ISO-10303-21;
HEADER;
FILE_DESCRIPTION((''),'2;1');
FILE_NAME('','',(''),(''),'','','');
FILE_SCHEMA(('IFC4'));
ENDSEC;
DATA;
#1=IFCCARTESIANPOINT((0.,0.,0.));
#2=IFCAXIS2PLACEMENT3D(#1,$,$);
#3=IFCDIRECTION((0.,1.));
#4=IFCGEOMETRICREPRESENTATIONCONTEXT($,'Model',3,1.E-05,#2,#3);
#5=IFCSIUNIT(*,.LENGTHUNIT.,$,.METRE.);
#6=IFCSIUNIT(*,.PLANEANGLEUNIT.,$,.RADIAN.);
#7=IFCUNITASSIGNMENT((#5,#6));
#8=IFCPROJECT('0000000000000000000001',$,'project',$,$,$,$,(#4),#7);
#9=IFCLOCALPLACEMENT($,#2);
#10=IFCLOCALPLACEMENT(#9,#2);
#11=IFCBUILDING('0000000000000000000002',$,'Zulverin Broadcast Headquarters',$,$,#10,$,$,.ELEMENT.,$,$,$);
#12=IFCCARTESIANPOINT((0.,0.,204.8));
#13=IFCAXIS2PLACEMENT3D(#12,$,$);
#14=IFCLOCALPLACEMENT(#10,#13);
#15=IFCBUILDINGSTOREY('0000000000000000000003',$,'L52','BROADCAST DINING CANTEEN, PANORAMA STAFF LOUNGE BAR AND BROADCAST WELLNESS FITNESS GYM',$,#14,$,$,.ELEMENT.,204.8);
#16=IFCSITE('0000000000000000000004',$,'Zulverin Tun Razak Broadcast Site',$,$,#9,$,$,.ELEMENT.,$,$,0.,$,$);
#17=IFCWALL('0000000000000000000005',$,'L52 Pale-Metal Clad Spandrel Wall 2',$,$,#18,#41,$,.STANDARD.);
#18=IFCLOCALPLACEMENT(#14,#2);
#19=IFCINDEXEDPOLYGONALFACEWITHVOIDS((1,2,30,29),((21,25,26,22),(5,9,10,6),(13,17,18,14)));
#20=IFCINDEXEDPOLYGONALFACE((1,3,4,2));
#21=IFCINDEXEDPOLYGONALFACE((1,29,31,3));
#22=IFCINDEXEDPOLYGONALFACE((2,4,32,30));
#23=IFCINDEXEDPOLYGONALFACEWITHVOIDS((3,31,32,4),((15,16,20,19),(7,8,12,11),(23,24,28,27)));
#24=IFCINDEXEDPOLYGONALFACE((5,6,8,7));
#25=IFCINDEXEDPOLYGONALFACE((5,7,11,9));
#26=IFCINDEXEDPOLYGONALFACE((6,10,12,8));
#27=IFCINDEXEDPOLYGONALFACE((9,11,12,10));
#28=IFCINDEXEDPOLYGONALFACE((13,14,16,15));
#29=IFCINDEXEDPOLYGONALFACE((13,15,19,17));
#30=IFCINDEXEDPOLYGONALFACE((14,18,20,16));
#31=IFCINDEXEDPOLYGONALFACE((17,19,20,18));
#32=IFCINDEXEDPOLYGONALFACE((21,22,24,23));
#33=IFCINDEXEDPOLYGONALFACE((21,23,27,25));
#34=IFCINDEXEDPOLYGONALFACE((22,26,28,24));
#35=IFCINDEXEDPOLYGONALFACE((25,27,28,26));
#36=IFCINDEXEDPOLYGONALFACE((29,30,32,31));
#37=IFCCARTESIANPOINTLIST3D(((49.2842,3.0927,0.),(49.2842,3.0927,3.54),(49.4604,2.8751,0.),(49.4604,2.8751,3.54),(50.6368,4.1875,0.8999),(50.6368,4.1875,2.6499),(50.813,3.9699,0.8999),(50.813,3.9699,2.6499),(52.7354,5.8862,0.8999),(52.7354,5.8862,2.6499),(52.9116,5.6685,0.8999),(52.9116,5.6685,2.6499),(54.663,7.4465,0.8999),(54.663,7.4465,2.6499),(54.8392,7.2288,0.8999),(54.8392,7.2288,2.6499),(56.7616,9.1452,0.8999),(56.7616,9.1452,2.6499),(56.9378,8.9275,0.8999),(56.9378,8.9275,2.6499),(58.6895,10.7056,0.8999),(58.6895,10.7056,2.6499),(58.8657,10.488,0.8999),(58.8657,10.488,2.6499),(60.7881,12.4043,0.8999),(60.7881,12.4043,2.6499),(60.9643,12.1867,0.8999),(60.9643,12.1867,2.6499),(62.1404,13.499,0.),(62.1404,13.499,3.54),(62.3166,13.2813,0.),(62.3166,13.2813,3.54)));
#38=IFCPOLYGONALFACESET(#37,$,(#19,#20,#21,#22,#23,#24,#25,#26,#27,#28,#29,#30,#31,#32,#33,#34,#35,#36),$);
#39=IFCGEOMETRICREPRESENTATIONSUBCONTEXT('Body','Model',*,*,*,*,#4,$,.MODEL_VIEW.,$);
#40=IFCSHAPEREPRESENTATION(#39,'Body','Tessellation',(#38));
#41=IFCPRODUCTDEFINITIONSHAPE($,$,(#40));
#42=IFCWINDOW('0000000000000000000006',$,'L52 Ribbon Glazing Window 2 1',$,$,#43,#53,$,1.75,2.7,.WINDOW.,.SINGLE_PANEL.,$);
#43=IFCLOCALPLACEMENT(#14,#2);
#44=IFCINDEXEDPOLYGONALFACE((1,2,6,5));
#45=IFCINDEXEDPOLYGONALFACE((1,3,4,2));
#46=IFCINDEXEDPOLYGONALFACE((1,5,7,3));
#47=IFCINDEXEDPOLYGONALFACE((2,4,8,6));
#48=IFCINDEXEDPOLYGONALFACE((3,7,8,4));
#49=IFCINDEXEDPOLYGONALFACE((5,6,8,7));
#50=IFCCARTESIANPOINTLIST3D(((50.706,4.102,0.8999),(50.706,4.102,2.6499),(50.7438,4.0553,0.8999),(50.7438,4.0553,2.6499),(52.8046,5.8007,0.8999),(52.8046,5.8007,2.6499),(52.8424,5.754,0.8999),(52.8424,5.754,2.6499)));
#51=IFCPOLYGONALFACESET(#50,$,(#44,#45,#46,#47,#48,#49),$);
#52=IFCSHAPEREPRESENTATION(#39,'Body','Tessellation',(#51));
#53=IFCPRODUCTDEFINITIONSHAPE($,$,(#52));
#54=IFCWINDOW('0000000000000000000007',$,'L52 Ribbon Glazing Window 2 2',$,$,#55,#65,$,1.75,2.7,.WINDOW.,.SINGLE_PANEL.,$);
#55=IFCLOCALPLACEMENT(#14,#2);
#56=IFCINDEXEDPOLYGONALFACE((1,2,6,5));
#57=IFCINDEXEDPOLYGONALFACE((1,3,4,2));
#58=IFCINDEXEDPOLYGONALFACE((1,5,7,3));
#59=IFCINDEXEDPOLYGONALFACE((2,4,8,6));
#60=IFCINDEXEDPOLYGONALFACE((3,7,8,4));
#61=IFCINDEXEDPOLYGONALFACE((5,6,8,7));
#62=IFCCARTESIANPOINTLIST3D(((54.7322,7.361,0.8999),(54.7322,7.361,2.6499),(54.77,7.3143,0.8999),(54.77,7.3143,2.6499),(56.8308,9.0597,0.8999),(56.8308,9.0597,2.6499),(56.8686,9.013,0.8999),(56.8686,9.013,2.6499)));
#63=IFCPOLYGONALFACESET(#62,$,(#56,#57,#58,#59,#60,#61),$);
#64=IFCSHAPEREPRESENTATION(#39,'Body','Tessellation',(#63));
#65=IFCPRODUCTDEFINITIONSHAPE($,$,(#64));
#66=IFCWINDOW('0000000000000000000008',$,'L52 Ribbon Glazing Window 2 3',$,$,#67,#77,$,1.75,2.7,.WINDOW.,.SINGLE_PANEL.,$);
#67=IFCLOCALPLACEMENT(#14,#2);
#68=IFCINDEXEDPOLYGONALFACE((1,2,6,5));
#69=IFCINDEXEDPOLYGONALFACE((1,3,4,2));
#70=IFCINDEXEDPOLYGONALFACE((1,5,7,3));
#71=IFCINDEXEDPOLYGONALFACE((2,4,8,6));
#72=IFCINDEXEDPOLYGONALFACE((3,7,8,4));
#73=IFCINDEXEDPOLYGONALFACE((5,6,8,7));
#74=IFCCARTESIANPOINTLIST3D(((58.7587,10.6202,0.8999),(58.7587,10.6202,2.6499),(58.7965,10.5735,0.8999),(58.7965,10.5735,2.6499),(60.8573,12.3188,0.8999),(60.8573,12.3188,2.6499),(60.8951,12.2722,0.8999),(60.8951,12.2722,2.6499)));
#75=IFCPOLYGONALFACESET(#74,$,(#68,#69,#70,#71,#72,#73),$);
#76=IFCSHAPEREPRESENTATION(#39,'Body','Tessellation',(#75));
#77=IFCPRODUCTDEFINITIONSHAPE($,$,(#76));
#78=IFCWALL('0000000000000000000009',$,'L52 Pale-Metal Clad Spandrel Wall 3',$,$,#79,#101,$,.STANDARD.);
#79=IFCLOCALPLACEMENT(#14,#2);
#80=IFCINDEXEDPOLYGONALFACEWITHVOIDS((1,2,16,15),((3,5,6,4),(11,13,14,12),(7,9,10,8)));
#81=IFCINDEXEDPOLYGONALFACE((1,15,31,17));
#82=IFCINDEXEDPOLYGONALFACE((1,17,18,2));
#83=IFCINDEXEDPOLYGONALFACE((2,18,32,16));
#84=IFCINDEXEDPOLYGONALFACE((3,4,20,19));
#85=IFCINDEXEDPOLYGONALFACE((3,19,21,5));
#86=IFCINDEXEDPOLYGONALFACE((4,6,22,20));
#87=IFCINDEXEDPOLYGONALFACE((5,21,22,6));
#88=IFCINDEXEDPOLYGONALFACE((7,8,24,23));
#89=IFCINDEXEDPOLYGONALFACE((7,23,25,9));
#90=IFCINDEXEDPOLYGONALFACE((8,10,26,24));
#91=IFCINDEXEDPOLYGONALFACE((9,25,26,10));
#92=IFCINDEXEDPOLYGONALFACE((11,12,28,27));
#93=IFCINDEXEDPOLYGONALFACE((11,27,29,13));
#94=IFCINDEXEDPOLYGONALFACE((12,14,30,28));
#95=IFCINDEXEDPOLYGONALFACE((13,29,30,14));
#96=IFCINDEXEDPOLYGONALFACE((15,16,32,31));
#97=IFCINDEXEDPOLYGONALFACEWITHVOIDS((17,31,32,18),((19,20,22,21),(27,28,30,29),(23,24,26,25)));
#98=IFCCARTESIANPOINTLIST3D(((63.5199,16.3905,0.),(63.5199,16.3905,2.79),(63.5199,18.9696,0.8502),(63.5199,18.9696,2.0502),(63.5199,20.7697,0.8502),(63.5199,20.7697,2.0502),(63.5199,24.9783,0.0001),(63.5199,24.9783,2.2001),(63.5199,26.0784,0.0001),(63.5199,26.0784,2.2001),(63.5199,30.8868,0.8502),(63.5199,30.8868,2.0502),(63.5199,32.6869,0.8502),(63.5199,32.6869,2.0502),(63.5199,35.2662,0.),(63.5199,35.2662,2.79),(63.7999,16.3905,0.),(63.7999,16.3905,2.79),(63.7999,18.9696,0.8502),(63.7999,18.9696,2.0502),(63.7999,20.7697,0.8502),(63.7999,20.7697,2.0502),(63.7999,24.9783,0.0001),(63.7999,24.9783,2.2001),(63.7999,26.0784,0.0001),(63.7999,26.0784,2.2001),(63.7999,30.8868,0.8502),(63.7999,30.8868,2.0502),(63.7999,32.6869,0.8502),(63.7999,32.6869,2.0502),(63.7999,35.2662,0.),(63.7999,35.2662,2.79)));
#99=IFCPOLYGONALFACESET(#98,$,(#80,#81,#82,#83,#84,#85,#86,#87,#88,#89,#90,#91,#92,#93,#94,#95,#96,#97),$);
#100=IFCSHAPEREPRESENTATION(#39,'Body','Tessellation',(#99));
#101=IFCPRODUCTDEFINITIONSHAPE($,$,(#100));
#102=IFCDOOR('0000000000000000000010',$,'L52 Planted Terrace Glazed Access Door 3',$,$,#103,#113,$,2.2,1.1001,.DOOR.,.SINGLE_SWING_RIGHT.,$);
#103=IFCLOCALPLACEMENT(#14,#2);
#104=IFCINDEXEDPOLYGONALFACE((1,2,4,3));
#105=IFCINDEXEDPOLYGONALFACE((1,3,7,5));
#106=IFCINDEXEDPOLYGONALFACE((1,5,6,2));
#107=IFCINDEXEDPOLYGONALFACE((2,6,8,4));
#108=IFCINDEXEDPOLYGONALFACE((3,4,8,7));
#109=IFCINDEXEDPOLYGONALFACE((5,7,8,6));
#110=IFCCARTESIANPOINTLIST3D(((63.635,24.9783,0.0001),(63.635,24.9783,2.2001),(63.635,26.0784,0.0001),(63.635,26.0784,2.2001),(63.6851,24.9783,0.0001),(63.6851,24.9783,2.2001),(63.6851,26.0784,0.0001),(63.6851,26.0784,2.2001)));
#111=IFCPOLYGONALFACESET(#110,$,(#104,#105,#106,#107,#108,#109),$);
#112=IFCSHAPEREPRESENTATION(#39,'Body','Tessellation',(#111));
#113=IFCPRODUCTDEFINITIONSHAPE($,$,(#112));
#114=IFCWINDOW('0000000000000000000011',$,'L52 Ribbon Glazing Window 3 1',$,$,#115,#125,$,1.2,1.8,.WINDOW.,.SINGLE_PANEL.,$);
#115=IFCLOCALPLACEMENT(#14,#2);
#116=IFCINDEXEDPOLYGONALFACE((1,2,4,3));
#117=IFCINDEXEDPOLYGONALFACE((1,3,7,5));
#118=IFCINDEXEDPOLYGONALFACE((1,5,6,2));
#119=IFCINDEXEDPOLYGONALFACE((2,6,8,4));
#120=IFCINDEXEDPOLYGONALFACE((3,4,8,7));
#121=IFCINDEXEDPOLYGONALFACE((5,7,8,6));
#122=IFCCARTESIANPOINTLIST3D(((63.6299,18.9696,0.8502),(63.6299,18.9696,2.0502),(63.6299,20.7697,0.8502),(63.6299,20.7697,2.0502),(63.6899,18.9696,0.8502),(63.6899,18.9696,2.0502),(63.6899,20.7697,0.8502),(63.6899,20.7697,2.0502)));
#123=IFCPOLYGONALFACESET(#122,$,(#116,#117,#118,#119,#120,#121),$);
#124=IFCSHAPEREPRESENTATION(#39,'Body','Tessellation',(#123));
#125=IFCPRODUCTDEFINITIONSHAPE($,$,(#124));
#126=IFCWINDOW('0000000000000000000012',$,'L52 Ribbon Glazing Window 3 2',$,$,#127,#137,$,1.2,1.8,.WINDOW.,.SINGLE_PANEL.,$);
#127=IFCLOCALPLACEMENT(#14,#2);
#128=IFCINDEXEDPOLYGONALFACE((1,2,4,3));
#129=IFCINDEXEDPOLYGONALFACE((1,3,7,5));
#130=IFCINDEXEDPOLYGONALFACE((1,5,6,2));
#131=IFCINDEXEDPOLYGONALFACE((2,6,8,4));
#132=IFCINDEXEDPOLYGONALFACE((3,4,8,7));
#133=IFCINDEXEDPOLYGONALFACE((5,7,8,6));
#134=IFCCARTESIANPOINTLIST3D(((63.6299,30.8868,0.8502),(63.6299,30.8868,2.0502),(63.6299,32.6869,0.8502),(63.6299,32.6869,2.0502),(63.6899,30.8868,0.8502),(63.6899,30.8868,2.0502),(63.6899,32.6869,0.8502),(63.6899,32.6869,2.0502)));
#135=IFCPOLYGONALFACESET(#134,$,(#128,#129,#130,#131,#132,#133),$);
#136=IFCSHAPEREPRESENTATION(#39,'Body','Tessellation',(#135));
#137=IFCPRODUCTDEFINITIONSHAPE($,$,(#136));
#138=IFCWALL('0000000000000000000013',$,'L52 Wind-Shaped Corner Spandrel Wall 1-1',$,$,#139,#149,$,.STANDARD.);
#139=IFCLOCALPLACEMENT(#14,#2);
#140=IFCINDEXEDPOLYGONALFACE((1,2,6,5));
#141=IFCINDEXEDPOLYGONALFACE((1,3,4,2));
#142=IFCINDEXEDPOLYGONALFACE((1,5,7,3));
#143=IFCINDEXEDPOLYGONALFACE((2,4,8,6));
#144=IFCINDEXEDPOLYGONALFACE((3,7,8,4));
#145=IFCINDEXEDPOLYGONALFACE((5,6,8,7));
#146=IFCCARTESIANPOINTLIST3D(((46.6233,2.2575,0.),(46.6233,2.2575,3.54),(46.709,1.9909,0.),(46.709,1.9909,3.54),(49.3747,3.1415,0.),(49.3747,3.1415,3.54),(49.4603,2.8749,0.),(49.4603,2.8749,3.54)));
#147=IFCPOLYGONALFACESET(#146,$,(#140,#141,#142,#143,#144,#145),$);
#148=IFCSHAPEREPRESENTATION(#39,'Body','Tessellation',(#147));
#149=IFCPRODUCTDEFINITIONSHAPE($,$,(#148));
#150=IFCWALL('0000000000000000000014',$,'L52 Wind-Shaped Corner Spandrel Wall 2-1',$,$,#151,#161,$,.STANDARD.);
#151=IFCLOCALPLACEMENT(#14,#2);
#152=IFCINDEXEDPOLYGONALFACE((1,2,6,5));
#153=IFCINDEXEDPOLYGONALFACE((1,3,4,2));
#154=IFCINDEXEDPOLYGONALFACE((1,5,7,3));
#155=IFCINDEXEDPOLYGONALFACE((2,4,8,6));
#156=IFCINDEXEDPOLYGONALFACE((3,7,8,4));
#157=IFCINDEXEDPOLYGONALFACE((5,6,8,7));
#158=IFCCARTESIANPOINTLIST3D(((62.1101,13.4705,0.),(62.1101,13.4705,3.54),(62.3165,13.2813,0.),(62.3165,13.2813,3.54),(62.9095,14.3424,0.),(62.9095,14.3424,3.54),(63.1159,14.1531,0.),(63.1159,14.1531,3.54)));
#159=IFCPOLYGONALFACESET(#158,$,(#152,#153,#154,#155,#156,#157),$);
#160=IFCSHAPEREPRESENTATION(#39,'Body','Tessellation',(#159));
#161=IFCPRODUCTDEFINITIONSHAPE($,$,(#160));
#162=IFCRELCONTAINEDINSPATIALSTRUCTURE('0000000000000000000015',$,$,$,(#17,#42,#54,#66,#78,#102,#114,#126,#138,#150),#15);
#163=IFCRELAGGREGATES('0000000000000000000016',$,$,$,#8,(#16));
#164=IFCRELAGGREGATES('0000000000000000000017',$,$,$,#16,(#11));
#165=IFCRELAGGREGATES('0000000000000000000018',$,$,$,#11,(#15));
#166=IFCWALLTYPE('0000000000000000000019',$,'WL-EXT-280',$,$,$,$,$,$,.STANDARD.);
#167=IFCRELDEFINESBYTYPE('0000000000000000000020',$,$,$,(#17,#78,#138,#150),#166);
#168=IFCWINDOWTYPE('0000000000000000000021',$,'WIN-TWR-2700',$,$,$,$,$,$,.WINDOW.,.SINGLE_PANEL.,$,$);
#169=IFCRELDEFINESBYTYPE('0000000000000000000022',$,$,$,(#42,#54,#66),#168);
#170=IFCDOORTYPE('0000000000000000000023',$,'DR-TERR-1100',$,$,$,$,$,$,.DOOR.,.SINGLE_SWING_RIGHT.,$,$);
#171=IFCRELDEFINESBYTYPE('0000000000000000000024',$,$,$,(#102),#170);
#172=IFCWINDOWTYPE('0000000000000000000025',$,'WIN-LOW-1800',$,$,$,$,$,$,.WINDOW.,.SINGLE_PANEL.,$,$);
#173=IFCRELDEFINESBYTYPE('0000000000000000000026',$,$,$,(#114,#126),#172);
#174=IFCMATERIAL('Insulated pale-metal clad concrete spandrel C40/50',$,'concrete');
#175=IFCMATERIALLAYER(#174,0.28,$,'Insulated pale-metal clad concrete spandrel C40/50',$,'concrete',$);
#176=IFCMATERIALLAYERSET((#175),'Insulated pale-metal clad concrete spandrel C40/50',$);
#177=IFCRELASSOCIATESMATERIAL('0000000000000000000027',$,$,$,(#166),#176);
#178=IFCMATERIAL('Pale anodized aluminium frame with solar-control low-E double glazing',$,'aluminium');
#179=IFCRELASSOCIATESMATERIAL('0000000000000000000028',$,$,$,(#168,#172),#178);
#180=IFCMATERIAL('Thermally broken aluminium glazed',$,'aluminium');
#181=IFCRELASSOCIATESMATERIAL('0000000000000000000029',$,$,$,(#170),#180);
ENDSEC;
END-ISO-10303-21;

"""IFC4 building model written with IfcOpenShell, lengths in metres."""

from ifc_helpers import new_model, si_unit, direction, frame, frame_2d, origin, place, context, subcontext, project, spatial, rectangle, extrude, material, layer, layer_set, type_object, element, fill, save


model = new_model("IFC4")

# Units and contexts
model_context = context("Model", 3, precision=1e-05, world=origin(), true_north=direction((0.0, 1.0)))
body_context = subcontext(model_context, "Body", "Model", "MODEL_VIEW")
ifc_project = project(units=[si_unit("LENGTHUNIT", "METRE"), si_unit("PLANEANGLEUNIT", "RADIAN")], contexts=[model_context])

# Site, building, storey
site_placement = place(None, origin())
site = spatial("IfcSite", under=ifc_project, at=site_placement, Name="Zulverin Tun Razak Broadcast Site", CompositionType="ELEMENT", RefElevation=0.0)
building_placement = place(site_placement, origin())
building = spatial("IfcBuilding", under=site, at=building_placement, Name="Zulverin Broadcast Headquarters", CompositionType="ELEMENT")
storey_placement = place(building_placement, frame((0.0, 0.0, 204.8)))
storey = spatial("IfcBuildingStorey", under=building, at=storey_placement, Name="L52", Description="BROADCAST DINING CANTEEN, PANORAMA STAFF LOUNGE BAR AND BROADCAST WELLNESS FITNESS GYM", CompositionType="ELEMENT", Elevation=204.8)

# Wall, openings, windows
ifc_material_1 = material(Name="Insulated pale-metal clad concrete spandrel C40/50", Category="concrete")
ifc_layer_1 = layer(ifc_material_1, 0.28, Name="Insulated pale-metal clad concrete spandrel C40/50", Category="concrete")
ifc_layer_set_1 = layer_set([ifc_layer_1], Name="Insulated pale-metal clad concrete spandrel C40/50")
wall_type_1 = type_object("IfcWallType", Name="WL-EXT-280", PredefinedType="STANDARD", material=ifc_layer_set_1)
wall_1_placement = place(storey_placement, frame((49.3723, 2.9839, 0.0), z_axis=(0.0, 0.0, 1.0), x_axis=(0.777279, 0.629156, 0.0)))
wall_1 = element("IfcWall", 1, at=wall_1_placement, inside=storey, type_object=wall_type_1, Name="L52 Pale-Metal Clad Spandrel Wall 2", PredefinedType="STANDARD", context=body_context, shape_type="SweptSolid", body=[
    extrude(rectangle(XDim=16.54, YDim=0.28, at=frame_2d((8.27, 0.0))), origin(), (0.0, 0.0, 1.0), 3.54),
])
opening_1_placement = place(wall_1_placement, frame((1.74, 0.0, 0.8999)))
opening_1 = element("IfcOpeningElement", 2, at=opening_1_placement, cuts=wall_1, PredefinedType="OPENING", context=body_context, shape_type="SweptSolid", body=[
    extrude(rectangle(XDim=2.7, YDim=1.75, at=frame_2d((1.3501, 0.875))), frame((0.0, 0.1499, 0.0), z_axis=(0.0, -1.0, 0.0), x_axis=(1.0, 0.0, 0.0)), (0.0, 0.0, 1.0), 0.3),
])
opening_2_placement = place(wall_1_placement, frame((6.9199, 0.0, 0.8999)))
opening_2 = element("IfcOpeningElement", 3, at=opening_2_placement, cuts=wall_1, PredefinedType="OPENING", context=body_context, shape_type="SweptSolid", body=[
    extrude(rectangle(XDim=2.7, YDim=1.75, at=frame_2d((1.3501, 0.875))), frame((0.0, 0.1499, 0.0), z_axis=(0.0, -1.0, 0.0), x_axis=(1.0, 0.0, 0.0)), (0.0, 0.0, 1.0), 0.3),
])
opening_3_placement = place(wall_1_placement, frame((12.1001, 0.0, 0.8999)))
opening_3 = element("IfcOpeningElement", 4, at=opening_3_placement, cuts=wall_1, PredefinedType="OPENING", context=body_context, shape_type="SweptSolid", body=[
    extrude(rectangle(XDim=2.7, YDim=1.75, at=frame_2d((1.3501, 0.875))), frame((0.0, 0.1499, 0.0), z_axis=(0.0, -1.0, 0.0), x_axis=(1.0, 0.0, 0.0)), (0.0, 0.0, 1.0), 0.3),
])
ifc_material_2 = material(Name="Pale anodized aluminium frame with solar-control low-E double glazing", Category="aluminium")
window_type_1 = type_object("IfcWindowType", Name="WIN-TWR-2700", PartitioningType="SINGLE_PANEL", PredefinedType="WINDOW", material=ifc_material_2)
window_1_placement = place(opening_1_placement, origin())
window_1 = element("IfcWindow", 5, at=window_1_placement, inside=storey, type_object=window_type_1, Name="L52 Ribbon Glazing Window 2 1", OverallHeight=1.75, OverallWidth=2.7, PartitioningType="SINGLE_PANEL", PredefinedType="WINDOW", context=body_context, shape_type="SweptSolid", body=[
    extrude(rectangle(XDim=2.7, YDim=1.75, at=frame_2d((1.3501, 0.875))), frame((0.0, 0.03, 0.0), z_axis=(0.0, -1.0, 0.0), x_axis=(1.0, 0.0, 0.0)), (0.0, 0.0, 1.0), 0.0601),
])
fill(opening_1, window_1)
window_2_placement = place(opening_2_placement, origin())
window_2 = element("IfcWindow", 6, at=window_2_placement, inside=storey, type_object=window_type_1, Name="L52 Ribbon Glazing Window 2 2", OverallHeight=1.75, OverallWidth=2.7, PartitioningType="SINGLE_PANEL", PredefinedType="WINDOW", context=body_context, shape_type="SweptSolid", body=[
    extrude(rectangle(XDim=2.7, YDim=1.75, at=frame_2d((1.3501, 0.875))), frame((0.0, 0.03, 0.0), z_axis=(0.0, -1.0, 0.0), x_axis=(1.0, 0.0, 0.0)), (0.0, 0.0, 1.0), 0.0601),
])
fill(opening_2, window_2)
window_3_placement = place(opening_3_placement, origin())
window_3 = element("IfcWindow", 7, at=window_3_placement, inside=storey, type_object=window_type_1, Name="L52 Ribbon Glazing Window 2 3", OverallHeight=1.75, OverallWidth=2.7, PartitioningType="SINGLE_PANEL", PredefinedType="WINDOW", context=body_context, shape_type="SweptSolid", body=[
    extrude(rectangle(XDim=2.7, YDim=1.75, at=frame_2d((1.3501, 0.875))), frame((0.0, 0.03, 0.0), z_axis=(0.0, -1.0, 0.0), x_axis=(1.0, 0.0, 0.0)), (0.0, 0.0, 1.0), 0.0601),
])
fill(opening_3, window_3)

# Wall, openings, door, windows
wall_2_placement = place(storey_placement, frame((63.6599, 16.3904, 0.0), z_axis=(0.0, 0.0, 1.0), x_axis=(0.0, 1.0, 0.0)))
wall_2 = element("IfcWall", 8, at=wall_2_placement, inside=storey, type_object=wall_type_1, Name="L52 Pale-Metal Clad Spandrel Wall 3", PredefinedType="STANDARD", context=body_context, shape_type="SweptSolid", body=[
    extrude(rectangle(XDim=18.8757, YDim=0.28, at=frame_2d((9.438, 0.0))), origin(), (0.0, 0.0, 1.0), 2.79),
])
opening_4_placement = place(wall_2_placement, frame((8.5879, 0.0, 0.0)))
opening_4 = element("IfcOpeningElement", 9, at=opening_4_placement, cuts=wall_2, PredefinedType="OPENING", context=body_context, shape_type="SweptSolid", body=[
    extrude(rectangle(XDim=1.1001, YDim=2.2, at=frame_2d((0.55, 1.1001))), frame((0.0, 0.1499, 0.0), z_axis=(0.0, -1.0, 0.0), x_axis=(1.0, 0.0, 0.0)), (0.0, 0.0, 1.0), 0.3),
])
opening_5_placement = place(wall_2_placement, frame((2.5793, 0.0, 0.8501)))
opening_5 = element("IfcOpeningElement", 10, at=opening_5_placement, cuts=wall_2, PredefinedType="OPENING", context=body_context, shape_type="SweptSolid", body=[
    extrude(rectangle(XDim=1.8, YDim=1.2, at=frame_2d((0.8999, 0.6001))), frame((0.0, 0.1499, 0.0), z_axis=(0.0, -1.0, 0.0), x_axis=(1.0, 0.0, 0.0)), (0.0, 0.0, 1.0), 0.3),
])
opening_6_placement = place(wall_2_placement, frame((14.4966, 0.0, 0.8501)))
opening_6 = element("IfcOpeningElement", 11, at=opening_6_placement, cuts=wall_2, PredefinedType="OPENING", context=body_context, shape_type="SweptSolid", body=[
    extrude(rectangle(XDim=1.8, YDim=1.2, at=frame_2d((0.8999, 0.6001))), frame((0.0, 0.1499, 0.0), z_axis=(0.0, -1.0, 0.0), x_axis=(1.0, 0.0, 0.0)), (0.0, 0.0, 1.0), 0.3),
])
ifc_material_3 = material(Name="Thermally broken aluminium glazed", Category="aluminium")
door_type = type_object("IfcDoorType", Name="DR-TERR-1100", OperationType="SINGLE_SWING_RIGHT", PredefinedType="DOOR", material=ifc_material_3)
door_placement = place(opening_4_placement, origin())
door = element("IfcDoor", 12, at=door_placement, inside=storey, type_object=door_type, Name="L52 Planted Terrace Glazed Access Door 3", OperationType="SINGLE_SWING_RIGHT", OverallHeight=2.2, OverallWidth=1.1001, PredefinedType="DOOR", context=body_context, shape_type="SweptSolid", body=[
    extrude(rectangle(XDim=1.1001, YDim=2.2, at=frame_2d((0.55, 1.1001))), frame((0.0, 0.0249, 0.0), z_axis=(0.0, -1.0, 0.0), x_axis=(1.0, 0.0, 0.0)), (0.0, 0.0, 1.0), 0.05),
])
fill(opening_4, door)
window_type_2 = type_object("IfcWindowType", Name="WIN-LOW-1800", PartitioningType="SINGLE_PANEL", PredefinedType="WINDOW", material=ifc_material_2)
window_4_placement = place(opening_5_placement, origin())
window_4 = element("IfcWindow", 13, at=window_4_placement, inside=storey, type_object=window_type_2, Name="L52 Ribbon Glazing Window 3 1", OverallHeight=1.2, OverallWidth=1.8, PartitioningType="SINGLE_PANEL", PredefinedType="WINDOW", context=body_context, shape_type="SweptSolid", body=[
    extrude(rectangle(XDim=1.8, YDim=1.2, at=frame_2d((0.8999, 0.6001))), frame((0.0, 0.03, 0.0), z_axis=(0.0, -1.0, 0.0), x_axis=(1.0, 0.0, 0.0)), (0.0, 0.0, 1.0), 0.0601),
])
fill(opening_5, window_4)
window_5_placement = place(opening_6_placement, origin())
window_5 = element("IfcWindow", 14, at=window_5_placement, inside=storey, type_object=window_type_2, Name="L52 Ribbon Glazing Window 3 2", OverallHeight=1.2, OverallWidth=1.8, PartitioningType="SINGLE_PANEL", PredefinedType="WINDOW", context=body_context, shape_type="SweptSolid", body=[
    extrude(rectangle(XDim=1.8, YDim=1.2, at=frame_2d((0.8999, 0.6001))), frame((0.0, 0.03, 0.0), z_axis=(0.0, -1.0, 0.0), x_axis=(1.0, 0.0, 0.0)), (0.0, 0.0, 1.0), 0.0601),
])
fill(opening_6, window_5)

# Walls
wall_3_placement = place(storey_placement, frame((46.6663, 2.1243, 0.0), z_axis=(0.0, 0.0, 1.0), x_axis=(0.952065, 0.305894, 0.0)))
element("IfcWall", 15, at=wall_3_placement, inside=storey, type_object=wall_type_1, Name="L52 Wind-Shaped Corner Spandrel Wall 1-1", PredefinedType="STANDARD", context=body_context, shape_type="SweptSolid", body=[
    extrude(rectangle(XDim=2.8899, YDim=0.28, at=frame_2d((1.4448, 0.0))), origin(), (0.0, 0.0, 1.0), 3.54),
])
wall_4_placement = place(storey_placement, frame((62.2134, 13.376, 0.0), z_axis=(0.0, 0.0, 1.0), x_axis=(0.67579, 0.737094, 0.0)))
element("IfcWall", 16, at=wall_4_placement, inside=storey, type_object=wall_type_1, Name="L52 Wind-Shaped Corner Spandrel Wall 2-1", PredefinedType="STANDARD", context=body_context, shape_type="SweptSolid", body=[
    extrude(rectangle(XDim=1.1829, YDim=0.28, at=frame_2d((0.5913, 0.0))), origin(), (0.0, 0.0, 1.0), 3.54),
])

save(model, "model.ifc")
